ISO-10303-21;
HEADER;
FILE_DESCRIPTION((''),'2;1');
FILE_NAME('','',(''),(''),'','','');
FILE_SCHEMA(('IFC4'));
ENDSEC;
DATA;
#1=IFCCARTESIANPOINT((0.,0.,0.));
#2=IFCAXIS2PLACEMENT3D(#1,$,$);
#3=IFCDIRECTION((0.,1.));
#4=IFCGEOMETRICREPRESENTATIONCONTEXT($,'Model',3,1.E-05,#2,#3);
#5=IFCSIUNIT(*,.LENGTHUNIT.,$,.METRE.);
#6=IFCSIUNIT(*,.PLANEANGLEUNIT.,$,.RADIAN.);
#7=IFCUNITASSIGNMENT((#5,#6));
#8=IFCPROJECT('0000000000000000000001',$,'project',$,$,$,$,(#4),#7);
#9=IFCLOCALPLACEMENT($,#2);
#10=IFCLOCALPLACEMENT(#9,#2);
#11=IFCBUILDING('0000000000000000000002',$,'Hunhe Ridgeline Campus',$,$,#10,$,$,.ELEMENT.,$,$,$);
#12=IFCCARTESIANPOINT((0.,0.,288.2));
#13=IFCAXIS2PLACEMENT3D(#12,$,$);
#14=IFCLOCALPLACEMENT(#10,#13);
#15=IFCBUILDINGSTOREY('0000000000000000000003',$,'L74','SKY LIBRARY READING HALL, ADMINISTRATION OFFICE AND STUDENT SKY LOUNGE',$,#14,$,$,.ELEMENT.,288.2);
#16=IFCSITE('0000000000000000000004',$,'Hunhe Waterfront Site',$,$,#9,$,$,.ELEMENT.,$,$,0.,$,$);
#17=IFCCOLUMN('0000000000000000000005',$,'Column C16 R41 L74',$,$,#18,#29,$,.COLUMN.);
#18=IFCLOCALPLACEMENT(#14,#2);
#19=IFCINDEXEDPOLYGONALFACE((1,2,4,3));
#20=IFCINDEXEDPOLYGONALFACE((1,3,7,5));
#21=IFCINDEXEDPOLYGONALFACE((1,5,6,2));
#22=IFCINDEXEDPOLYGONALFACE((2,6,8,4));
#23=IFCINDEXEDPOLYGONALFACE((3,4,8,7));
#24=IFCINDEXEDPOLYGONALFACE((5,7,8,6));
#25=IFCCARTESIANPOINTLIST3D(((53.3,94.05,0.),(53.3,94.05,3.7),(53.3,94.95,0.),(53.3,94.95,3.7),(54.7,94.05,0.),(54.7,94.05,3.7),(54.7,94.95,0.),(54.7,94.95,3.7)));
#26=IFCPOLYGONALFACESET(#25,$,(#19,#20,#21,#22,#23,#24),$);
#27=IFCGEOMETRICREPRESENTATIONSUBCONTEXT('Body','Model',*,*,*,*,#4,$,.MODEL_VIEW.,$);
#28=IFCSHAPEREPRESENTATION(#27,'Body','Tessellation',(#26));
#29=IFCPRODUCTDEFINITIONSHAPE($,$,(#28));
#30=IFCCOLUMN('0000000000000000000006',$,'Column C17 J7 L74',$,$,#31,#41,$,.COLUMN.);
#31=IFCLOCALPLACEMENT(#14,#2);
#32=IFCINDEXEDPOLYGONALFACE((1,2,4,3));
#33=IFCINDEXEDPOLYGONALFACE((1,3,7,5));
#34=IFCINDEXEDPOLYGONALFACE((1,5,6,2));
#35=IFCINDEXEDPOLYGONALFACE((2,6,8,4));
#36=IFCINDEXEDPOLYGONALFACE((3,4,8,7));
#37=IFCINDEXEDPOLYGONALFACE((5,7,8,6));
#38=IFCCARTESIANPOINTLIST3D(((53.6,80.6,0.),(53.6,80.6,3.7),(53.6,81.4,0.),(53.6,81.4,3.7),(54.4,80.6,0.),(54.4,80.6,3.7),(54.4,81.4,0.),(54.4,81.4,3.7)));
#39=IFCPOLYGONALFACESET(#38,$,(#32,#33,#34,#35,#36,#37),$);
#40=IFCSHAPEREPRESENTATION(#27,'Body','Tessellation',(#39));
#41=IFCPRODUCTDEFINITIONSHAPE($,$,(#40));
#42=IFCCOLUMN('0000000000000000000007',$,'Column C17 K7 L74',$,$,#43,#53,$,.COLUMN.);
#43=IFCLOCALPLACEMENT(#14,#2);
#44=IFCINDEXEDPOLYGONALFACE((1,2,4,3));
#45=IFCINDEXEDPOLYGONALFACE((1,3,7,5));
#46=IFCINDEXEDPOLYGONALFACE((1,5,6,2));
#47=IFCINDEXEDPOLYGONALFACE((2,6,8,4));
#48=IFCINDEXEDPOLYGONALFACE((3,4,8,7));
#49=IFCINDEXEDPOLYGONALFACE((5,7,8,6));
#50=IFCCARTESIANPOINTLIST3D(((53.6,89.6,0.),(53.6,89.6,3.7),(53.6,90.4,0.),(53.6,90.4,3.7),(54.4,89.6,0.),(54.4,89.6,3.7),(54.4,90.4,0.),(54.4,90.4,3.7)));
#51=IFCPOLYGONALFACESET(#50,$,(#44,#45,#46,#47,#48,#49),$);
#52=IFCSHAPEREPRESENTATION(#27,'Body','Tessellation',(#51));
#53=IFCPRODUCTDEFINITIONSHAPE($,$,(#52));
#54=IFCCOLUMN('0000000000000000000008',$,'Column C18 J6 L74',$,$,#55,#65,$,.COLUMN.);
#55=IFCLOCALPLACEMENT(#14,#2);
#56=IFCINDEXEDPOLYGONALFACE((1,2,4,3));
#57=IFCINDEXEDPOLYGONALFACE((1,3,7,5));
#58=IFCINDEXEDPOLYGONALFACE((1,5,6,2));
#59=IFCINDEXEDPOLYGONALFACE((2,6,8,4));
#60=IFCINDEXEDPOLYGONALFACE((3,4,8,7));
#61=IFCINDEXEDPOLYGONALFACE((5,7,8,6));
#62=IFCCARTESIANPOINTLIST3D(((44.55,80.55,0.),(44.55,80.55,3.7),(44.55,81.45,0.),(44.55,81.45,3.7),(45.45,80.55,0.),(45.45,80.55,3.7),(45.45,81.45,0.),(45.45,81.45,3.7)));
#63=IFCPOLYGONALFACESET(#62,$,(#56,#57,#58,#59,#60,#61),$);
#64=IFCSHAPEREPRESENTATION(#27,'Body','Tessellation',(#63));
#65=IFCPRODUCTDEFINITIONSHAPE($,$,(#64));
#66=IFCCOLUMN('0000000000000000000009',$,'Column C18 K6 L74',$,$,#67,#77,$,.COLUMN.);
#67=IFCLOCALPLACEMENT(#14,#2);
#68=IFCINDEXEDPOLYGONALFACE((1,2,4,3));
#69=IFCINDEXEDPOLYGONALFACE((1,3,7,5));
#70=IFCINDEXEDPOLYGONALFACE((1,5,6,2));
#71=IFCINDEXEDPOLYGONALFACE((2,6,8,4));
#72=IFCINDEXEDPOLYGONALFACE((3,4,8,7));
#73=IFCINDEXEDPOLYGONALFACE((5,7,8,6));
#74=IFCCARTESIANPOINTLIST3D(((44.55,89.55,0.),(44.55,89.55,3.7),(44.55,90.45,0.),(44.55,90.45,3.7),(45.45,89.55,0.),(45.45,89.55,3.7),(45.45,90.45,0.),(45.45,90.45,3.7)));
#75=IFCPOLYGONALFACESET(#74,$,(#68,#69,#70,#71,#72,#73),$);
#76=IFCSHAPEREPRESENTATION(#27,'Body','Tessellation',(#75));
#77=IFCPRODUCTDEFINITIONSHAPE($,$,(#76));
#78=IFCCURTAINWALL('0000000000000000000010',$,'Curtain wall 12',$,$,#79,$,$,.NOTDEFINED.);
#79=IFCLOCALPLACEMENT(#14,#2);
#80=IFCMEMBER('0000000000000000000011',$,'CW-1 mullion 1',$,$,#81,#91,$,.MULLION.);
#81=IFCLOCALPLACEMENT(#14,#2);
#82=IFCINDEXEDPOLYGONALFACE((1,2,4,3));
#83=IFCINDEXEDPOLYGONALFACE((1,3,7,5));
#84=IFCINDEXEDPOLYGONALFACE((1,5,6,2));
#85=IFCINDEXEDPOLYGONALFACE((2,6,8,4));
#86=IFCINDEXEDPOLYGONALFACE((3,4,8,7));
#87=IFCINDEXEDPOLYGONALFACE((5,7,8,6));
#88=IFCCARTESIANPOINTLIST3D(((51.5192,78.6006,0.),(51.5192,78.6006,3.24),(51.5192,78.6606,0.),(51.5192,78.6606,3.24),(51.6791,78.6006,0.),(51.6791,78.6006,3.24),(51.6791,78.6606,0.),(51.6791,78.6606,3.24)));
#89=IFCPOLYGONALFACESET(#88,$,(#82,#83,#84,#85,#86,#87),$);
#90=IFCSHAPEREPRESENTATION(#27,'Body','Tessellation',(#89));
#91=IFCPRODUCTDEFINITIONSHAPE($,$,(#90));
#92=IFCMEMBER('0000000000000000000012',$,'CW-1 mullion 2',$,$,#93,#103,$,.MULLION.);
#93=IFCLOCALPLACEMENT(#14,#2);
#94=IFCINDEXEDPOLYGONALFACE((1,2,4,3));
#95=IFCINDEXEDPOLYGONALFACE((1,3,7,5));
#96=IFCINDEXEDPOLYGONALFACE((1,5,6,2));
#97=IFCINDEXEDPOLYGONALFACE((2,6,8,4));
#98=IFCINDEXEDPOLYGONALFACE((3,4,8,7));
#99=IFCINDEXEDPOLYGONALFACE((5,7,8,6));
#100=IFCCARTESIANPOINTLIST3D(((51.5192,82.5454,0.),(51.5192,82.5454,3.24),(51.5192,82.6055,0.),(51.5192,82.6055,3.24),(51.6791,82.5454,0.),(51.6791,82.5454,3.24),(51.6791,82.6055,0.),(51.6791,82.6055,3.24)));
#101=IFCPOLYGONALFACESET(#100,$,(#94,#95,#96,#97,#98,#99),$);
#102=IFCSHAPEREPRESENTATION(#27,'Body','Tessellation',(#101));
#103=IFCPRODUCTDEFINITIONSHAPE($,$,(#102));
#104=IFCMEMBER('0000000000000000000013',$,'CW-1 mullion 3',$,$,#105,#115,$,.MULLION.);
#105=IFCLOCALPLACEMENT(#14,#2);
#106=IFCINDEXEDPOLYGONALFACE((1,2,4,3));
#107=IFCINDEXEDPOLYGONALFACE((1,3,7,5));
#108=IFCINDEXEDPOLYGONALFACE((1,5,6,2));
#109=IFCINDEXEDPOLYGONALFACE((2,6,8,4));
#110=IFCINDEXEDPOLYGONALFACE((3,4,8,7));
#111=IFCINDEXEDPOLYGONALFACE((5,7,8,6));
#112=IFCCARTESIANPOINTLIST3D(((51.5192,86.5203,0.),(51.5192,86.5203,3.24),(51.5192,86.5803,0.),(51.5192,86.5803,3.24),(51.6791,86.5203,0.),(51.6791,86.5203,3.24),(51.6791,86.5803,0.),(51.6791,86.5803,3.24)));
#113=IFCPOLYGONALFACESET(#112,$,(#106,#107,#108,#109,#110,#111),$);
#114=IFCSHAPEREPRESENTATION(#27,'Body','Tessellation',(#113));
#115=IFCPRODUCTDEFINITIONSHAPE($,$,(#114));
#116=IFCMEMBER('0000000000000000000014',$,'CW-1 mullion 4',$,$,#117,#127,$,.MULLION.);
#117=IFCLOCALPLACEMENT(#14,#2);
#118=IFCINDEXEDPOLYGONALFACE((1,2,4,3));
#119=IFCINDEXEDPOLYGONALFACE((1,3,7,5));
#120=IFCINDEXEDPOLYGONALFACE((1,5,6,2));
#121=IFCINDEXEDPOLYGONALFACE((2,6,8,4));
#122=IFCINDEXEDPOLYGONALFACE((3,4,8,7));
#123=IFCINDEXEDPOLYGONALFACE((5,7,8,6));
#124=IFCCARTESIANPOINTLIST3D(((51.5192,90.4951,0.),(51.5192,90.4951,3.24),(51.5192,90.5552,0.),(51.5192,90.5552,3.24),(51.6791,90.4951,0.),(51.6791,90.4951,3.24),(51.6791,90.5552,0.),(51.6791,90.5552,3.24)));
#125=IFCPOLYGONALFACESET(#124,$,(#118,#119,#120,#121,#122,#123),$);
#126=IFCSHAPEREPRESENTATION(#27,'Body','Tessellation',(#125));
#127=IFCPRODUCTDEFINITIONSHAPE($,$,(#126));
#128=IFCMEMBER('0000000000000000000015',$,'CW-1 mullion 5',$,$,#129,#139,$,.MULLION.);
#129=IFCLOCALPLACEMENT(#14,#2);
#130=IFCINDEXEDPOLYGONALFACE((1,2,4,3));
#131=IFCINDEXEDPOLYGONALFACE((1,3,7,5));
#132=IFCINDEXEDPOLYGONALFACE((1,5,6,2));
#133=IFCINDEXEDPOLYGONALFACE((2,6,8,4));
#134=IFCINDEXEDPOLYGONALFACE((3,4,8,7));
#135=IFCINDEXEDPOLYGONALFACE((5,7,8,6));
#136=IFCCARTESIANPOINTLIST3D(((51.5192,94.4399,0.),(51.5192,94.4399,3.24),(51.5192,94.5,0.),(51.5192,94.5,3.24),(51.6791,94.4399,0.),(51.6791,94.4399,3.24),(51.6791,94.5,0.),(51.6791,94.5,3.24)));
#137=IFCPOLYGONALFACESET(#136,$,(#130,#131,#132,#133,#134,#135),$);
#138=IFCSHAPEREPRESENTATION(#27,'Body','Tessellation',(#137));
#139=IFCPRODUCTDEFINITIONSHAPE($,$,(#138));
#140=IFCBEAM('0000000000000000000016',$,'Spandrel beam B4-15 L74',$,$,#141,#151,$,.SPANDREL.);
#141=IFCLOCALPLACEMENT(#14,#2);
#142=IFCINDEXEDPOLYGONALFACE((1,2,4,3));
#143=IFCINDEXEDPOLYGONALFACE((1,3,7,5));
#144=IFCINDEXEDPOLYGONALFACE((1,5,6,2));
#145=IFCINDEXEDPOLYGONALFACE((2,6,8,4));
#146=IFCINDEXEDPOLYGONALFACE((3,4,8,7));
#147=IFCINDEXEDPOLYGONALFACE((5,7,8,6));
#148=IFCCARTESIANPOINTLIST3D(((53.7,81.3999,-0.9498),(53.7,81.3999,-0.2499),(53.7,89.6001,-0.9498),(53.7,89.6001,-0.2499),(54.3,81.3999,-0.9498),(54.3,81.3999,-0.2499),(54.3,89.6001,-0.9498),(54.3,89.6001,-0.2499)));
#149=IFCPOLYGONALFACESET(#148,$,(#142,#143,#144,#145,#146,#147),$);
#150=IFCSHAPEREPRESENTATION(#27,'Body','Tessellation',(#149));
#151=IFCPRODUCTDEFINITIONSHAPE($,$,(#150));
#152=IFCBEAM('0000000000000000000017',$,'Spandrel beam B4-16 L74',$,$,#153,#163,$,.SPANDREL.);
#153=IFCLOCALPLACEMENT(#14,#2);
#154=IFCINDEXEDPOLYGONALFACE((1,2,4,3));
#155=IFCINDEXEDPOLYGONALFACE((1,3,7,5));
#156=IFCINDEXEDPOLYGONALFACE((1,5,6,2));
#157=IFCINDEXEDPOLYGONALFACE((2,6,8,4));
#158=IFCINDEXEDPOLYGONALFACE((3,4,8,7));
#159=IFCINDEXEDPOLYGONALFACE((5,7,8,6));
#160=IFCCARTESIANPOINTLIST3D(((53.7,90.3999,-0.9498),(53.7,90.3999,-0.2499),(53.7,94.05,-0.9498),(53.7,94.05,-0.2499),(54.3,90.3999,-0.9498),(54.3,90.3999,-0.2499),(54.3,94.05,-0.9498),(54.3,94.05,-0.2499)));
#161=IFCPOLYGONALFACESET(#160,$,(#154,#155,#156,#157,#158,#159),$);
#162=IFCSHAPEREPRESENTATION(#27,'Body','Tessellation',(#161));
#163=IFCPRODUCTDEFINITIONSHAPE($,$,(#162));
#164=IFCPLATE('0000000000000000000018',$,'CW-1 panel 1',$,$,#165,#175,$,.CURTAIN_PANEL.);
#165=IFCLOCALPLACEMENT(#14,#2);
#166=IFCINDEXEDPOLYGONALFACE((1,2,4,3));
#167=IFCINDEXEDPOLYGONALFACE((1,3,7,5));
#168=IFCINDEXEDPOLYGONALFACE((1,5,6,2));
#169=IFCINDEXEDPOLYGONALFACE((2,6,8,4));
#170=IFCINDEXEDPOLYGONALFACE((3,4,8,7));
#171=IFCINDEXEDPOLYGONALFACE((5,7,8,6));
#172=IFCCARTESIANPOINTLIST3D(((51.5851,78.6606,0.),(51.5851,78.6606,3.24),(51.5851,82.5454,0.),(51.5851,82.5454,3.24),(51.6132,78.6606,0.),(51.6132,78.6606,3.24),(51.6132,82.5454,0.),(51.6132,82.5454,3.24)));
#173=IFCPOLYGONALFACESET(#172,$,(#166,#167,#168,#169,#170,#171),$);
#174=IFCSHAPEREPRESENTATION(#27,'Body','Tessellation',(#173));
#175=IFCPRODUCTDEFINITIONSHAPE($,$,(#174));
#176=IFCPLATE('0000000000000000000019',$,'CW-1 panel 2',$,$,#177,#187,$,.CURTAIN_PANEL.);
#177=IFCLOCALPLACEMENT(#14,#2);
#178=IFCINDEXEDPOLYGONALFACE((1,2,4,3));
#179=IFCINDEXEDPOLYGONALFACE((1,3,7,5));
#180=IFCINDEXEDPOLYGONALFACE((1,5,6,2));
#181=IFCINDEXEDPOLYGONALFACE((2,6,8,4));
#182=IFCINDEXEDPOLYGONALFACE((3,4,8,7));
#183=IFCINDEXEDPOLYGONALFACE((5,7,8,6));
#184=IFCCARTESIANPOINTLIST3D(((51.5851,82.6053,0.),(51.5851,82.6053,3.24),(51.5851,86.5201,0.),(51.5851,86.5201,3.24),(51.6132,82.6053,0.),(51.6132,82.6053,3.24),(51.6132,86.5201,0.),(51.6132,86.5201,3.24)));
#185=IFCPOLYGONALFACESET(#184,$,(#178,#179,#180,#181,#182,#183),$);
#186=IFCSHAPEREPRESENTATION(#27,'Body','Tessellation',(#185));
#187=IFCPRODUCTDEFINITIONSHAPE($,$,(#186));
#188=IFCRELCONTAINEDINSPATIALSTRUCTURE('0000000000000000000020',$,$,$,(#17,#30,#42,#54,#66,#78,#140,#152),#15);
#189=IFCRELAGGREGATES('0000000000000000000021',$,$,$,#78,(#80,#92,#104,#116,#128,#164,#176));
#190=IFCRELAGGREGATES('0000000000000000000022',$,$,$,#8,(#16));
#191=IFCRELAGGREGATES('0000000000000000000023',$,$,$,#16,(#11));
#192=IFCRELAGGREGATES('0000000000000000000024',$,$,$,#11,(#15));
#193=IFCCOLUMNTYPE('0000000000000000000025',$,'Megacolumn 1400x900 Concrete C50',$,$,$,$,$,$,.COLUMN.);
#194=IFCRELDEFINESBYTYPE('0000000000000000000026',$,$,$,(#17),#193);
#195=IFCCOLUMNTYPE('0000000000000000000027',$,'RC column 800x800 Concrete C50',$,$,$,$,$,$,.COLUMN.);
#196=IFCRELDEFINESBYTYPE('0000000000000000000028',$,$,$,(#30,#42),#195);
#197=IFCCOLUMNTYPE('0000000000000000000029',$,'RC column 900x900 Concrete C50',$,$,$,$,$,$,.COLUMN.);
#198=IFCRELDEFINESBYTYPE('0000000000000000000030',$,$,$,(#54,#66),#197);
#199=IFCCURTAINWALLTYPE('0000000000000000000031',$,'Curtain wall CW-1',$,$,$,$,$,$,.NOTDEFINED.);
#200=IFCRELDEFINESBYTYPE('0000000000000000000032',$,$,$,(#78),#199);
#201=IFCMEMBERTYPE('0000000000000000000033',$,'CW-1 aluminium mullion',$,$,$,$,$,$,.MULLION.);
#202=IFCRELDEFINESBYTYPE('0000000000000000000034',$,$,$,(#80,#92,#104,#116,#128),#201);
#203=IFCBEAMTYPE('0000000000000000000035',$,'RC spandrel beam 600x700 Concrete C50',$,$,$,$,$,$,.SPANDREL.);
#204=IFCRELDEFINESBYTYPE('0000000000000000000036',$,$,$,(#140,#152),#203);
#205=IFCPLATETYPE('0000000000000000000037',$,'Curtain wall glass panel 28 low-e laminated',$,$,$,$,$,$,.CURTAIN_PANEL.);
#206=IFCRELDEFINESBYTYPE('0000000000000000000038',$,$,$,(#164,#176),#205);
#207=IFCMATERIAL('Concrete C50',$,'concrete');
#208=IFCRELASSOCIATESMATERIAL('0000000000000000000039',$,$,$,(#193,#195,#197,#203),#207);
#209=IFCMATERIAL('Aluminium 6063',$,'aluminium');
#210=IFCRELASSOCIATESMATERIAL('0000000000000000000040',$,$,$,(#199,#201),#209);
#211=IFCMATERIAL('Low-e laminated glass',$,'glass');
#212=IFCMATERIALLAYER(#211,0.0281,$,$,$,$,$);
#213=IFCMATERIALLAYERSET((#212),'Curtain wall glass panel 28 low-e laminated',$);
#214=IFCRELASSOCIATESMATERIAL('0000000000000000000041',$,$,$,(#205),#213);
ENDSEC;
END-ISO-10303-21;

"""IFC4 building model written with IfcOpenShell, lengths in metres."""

from ifc_helpers import new_model, si_unit, direction, frame, origin, origin_2d, place, context, subcontext, project, spatial, rectangle, extrude, material, layer, layer_set, material_profile, profile_set, type_object, element, aggregate, save


model = new_model("IFC4")

# Units and contexts
model_context = context("Model", 3, precision=1e-05, world=origin(), true_north=direction((0.0, 1.0)))
body_context = subcontext(model_context, "Body", "Model", "MODEL_VIEW")
ifc_project = project(units=[si_unit("LENGTHUNIT", "METRE"), si_unit("PLANEANGLEUNIT", "RADIAN")], contexts=[model_context])

# Site, building, storey
site_placement = place(None, origin())
site = spatial("IfcSite", under=ifc_project, at=site_placement, Name="Hunhe Waterfront Site", CompositionType="ELEMENT", RefElevation=0.0)
building_placement = place(site_placement, origin())
building = spatial("IfcBuilding", under=site, at=building_placement, Name="Hunhe Ridgeline Campus", CompositionType="ELEMENT")
storey_placement = place(building_placement, frame((0.0, 0.0, 288.2)))
storey = spatial("IfcBuildingStorey", under=building, at=storey_placement, Name="L74", Description="SKY LIBRARY READING HALL, ADMINISTRATION OFFICE AND STUDENT SKY LOUNGE", CompositionType="ELEMENT", Elevation=288.2)

# Columns
ifc_material_1 = material(Name="Concrete C50", Category="concrete")
ifc_material_profile_1 = material_profile(ifc_material_1, rectangle(XDim=1.3999, YDim=0.8999, at=origin_2d()))
ifc_profile_set_1 = profile_set([ifc_material_profile_1], Name="Concrete C50")
column_type_1 = type_object("IfcColumnType", Name="Megacolumn 1400x900 Concrete C50", PredefinedType="COLUMN", material=ifc_profile_set_1)
column_placement = place(storey_placement, frame((54.0, 94.5, 0.0), z_axis=(0.0, 0.0, 1.0), x_axis=(1.0, 0.0, 0.0)))
element("IfcColumn", 1, at=column_placement, inside=storey, type_object=column_type_1, Name="Column C16 R41 L74", PredefinedType="COLUMN", context=body_context, shape_type="SweptSolid", body=[
    extrude(rectangle(XDim=1.3999, YDim=0.8999, at=origin_2d()), origin(), (0.0, 0.0, 1.0), 3.7),
])
ifc_material_profile_2 = material_profile(ifc_material_1, rectangle(XDim=0.8, YDim=0.8, at=origin_2d()))
ifc_profile_set_2 = profile_set([ifc_material_profile_2], Name="Concrete C50")
column_type_2 = type_object("IfcColumnType", Name="RC column 800x800 Concrete C50", PredefinedType="COLUMN", material=ifc_profile_set_2)
for number, where, z_axis, x_axis, name in (
    (2, (54.0, 81.0, 0.0), (0.0, 0.0, 1.0), (1.0, 0.0, 0.0), "Column C17 J7 L74"),
    (3, (54.0, 90.0, 0.0), (0.0, 0.0, 1.0), (1.0, 0.0, 0.0), "Column C17 K7 L74"),
):
    element("IfcColumn", number, at=place(storey_placement, frame(where, z_axis=z_axis, x_axis=x_axis)), inside=storey, type_object=column_type_2, Name=name, PredefinedType="COLUMN", context=body_context, shape_type="SweptSolid", body=[
        extrude(rectangle(XDim=0.8, YDim=0.8, at=origin_2d()), origin(), (0.0, 0.0, 1.0), 3.7),
    ])
ifc_material_profile_3 = material_profile(ifc_material_1, rectangle(XDim=0.8999, YDim=0.8999, at=origin_2d()))
ifc_profile_set_3 = profile_set([ifc_material_profile_3], Name="Concrete C50")
column_type_3 = type_object("IfcColumnType", Name="RC column 900x900 Concrete C50", PredefinedType="COLUMN", material=ifc_profile_set_3)
for number, where, z_axis, x_axis, name in (
    (4, (45.0, 81.0, 0.0), (0.0, 0.0, 1.0), (1.0, 0.0, 0.0), "Column C18 J6 L74"),
    (5, (45.0, 90.0, 0.0), (0.0, 0.0, 1.0), (1.0, 0.0, 0.0), "Column C18 K6 L74"),
):
    element("IfcColumn", number, at=place(storey_placement, frame(where, z_axis=z_axis, x_axis=x_axis)), inside=storey, type_object=column_type_3, Name=name, PredefinedType="COLUMN", context=body_context, shape_type="SweptSolid", body=[
        extrude(rectangle(XDim=0.8999, YDim=0.8999, at=origin_2d()), origin(), (0.0, 0.0, 1.0), 3.7),
    ])

# Curtain wall, members
ifc_material_2 = material(Name="Aluminium 6063", Category="aluminium")
curtain_wall_type = type_object("IfcCurtainWallType", Name="Curtain wall CW-1", PredefinedType="NOTDEFINED", material=ifc_material_2)
curtain_wall_placement = place(storey_placement, origin())
curtain_wall = element("IfcCurtainWall", 6, at=curtain_wall_placement, inside=storey, type_object=curtain_wall_type, Name="Curtain wall 12", PredefinedType="NOTDEFINED")
ifc_material_profile_4 = material_profile(ifc_material_2, rectangle(XDim=0.1599, YDim=0.0601, at=origin_2d()))
ifc_profile_set_4 = profile_set([ifc_material_profile_4], Name="Aluminium 6063")
member_type = type_object("IfcMemberType", Name="CW-1 aluminium mullion", PredefinedType="MULLION", material=ifc_profile_set_4)
member_1_placement = place(storey_placement, frame((51.5991, 78.6306, 0.0), z_axis=(0.0, 0.0, 1.0), x_axis=(-1.0, 0.0, 0.0)))
member_1 = element("IfcMember", 7, at=member_1_placement, type_object=member_type, Name="CW-1 mullion 1", PredefinedType="MULLION", context=body_context, shape_type="SweptSolid", body=[
    extrude(rectangle(XDim=0.1599, YDim=0.0601, at=origin_2d()), origin(), (0.0, 0.0, 1.0), 3.24),
])
member_2_placement = place(storey_placement, frame((51.5991, 82.5754, 0.0), z_axis=(0.0, 0.0, 1.0), x_axis=(-1.0, 0.0, 0.0)))
member_2 = element("IfcMember", 8, at=member_2_placement, type_object=member_type, Name="CW-1 mullion 2", PredefinedType="MULLION", context=body_context, shape_type="SweptSolid", body=[
    extrude(rectangle(XDim=0.1599, YDim=0.0601, at=origin_2d()), origin(), (0.0, 0.0, 1.0), 3.24),
])
member_3_placement = place(storey_placement, frame((51.5991, 86.5503, 0.0), z_axis=(0.0, 0.0, 1.0), x_axis=(-1.0, 0.0, 0.0)))
member_3 = element("IfcMember", 9, at=member_3_placement, type_object=member_type, Name="CW-1 mullion 3", PredefinedType="MULLION", context=body_context, shape_type="SweptSolid", body=[
    extrude(rectangle(XDim=0.1599, YDim=0.0601, at=origin_2d()), origin(), (0.0, 0.0, 1.0), 3.24),
])
member_4_placement = place(storey_placement, frame((51.5991, 90.5251, 0.0), z_axis=(0.0, 0.0, 1.0), x_axis=(-1.0, 0.0, 0.0)))
member_4 = element("IfcMember", 10, at=member_4_placement, type_object=member_type, Name="CW-1 mullion 4", PredefinedType="MULLION", context=body_context, shape_type="SweptSolid", body=[
    extrude(rectangle(XDim=0.1599, YDim=0.0601, at=origin_2d()), origin(), (0.0, 0.0, 1.0), 3.24),
])
member_5_placement = place(storey_placement, frame((51.5991, 94.47, 0.0), z_axis=(0.0, 0.0, 1.0), x_axis=(-1.0, 0.0, 0.0)))
member_5 = element("IfcMember", 11, at=member_5_placement, type_object=member_type, Name="CW-1 mullion 5", PredefinedType="MULLION", context=body_context, shape_type="SweptSolid", body=[
    extrude(rectangle(XDim=0.1599, YDim=0.0601, at=origin_2d()), origin(), (0.0, 0.0, 1.0), 3.24),
])

# Beams
ifc_material_profile_5 = material_profile(ifc_material_1, rectangle(XDim=0.6001, YDim=0.7, at=origin_2d()))
ifc_profile_set_5 = profile_set([ifc_material_profile_5], Name="Concrete C50")
beam_type = type_object("IfcBeamType", Name="RC spandrel beam 600x700 Concrete C50", PredefinedType="SPANDREL", material=ifc_profile_set_5)
beam_1_placement = place(storey_placement, frame((54.0, 81.3999, -0.5999), z_axis=(0.0, 1.0, 0.0), x_axis=(-1.0, 0.0, 0.0)))
element("IfcBeam", 12, at=beam_1_placement, inside=storey, type_object=beam_type, Name="Spandrel beam B4-15 L74", PredefinedType="SPANDREL", context=body_context, shape_type="SweptSolid", body=[
    extrude(rectangle(XDim=0.6001, YDim=0.7, at=origin_2d()), origin(), (0.0, 0.0, 1.0), 8.2002),
])
beam_2_placement = place(storey_placement, frame((54.0, 90.3999, -0.5999), z_axis=(0.0, 1.0, 0.0), x_axis=(-1.0, 0.0, 0.0)))
element("IfcBeam", 13, at=beam_2_placement, inside=storey, type_object=beam_type, Name="Spandrel beam B4-16 L74", PredefinedType="SPANDREL", context=body_context, shape_type="SweptSolid", body=[
    extrude(rectangle(XDim=0.6001, YDim=0.7, at=origin_2d()), origin(), (0.0, 0.0, 1.0), 3.6501),
])

# Plates
ifc_material_3 = material(Name="Low-e laminated glass", Category="glass")
ifc_layer_1 = layer(ifc_material_3, 0.0281)
ifc_layer_set_1 = layer_set([ifc_layer_1], Name="Curtain wall glass panel 28 low-e laminated")
plate_type = type_object("IfcPlateType", Name="Curtain wall glass panel 28 low-e laminated", PredefinedType="CURTAIN_PANEL", material=ifc_layer_set_1)
plate_1_placement = place(storey_placement, frame((51.5991, 80.603, 0.0), z_axis=(0.0, 0.0, 1.0), x_axis=(0.0, 1.0, 0.0)))
plate_1 = element("IfcPlate", 14, at=plate_1_placement, type_object=plate_type, Name="CW-1 panel 1", PredefinedType="CURTAIN_PANEL", context=body_context, shape_type="SweptSolid", body=[
    extrude(rectangle(XDim=3.8848, YDim=0.0281, at=origin_2d()), origin(), (0.0, 0.0, 1.0), 3.24),
])
plate_2_placement = place(storey_placement, frame((51.5991, 84.5627, 0.0), z_axis=(0.0, 0.0, 1.0), x_axis=(0.0, 1.0, 0.0)))
plate_2 = element("IfcPlate", 15, at=plate_2_placement, type_object=plate_type, Name="CW-1 panel 2", PredefinedType="CURTAIN_PANEL", context=body_context, shape_type="SweptSolid", body=[
    extrude(rectangle(XDim=3.9148, YDim=0.0281, at=origin_2d()), origin(), (0.0, 0.0, 1.0), 3.24),
])
aggregate(curtain_wall, [member_1, member_2, member_3, member_4, member_5, plate_1, plate_2])

save(model, "model.ifc")
